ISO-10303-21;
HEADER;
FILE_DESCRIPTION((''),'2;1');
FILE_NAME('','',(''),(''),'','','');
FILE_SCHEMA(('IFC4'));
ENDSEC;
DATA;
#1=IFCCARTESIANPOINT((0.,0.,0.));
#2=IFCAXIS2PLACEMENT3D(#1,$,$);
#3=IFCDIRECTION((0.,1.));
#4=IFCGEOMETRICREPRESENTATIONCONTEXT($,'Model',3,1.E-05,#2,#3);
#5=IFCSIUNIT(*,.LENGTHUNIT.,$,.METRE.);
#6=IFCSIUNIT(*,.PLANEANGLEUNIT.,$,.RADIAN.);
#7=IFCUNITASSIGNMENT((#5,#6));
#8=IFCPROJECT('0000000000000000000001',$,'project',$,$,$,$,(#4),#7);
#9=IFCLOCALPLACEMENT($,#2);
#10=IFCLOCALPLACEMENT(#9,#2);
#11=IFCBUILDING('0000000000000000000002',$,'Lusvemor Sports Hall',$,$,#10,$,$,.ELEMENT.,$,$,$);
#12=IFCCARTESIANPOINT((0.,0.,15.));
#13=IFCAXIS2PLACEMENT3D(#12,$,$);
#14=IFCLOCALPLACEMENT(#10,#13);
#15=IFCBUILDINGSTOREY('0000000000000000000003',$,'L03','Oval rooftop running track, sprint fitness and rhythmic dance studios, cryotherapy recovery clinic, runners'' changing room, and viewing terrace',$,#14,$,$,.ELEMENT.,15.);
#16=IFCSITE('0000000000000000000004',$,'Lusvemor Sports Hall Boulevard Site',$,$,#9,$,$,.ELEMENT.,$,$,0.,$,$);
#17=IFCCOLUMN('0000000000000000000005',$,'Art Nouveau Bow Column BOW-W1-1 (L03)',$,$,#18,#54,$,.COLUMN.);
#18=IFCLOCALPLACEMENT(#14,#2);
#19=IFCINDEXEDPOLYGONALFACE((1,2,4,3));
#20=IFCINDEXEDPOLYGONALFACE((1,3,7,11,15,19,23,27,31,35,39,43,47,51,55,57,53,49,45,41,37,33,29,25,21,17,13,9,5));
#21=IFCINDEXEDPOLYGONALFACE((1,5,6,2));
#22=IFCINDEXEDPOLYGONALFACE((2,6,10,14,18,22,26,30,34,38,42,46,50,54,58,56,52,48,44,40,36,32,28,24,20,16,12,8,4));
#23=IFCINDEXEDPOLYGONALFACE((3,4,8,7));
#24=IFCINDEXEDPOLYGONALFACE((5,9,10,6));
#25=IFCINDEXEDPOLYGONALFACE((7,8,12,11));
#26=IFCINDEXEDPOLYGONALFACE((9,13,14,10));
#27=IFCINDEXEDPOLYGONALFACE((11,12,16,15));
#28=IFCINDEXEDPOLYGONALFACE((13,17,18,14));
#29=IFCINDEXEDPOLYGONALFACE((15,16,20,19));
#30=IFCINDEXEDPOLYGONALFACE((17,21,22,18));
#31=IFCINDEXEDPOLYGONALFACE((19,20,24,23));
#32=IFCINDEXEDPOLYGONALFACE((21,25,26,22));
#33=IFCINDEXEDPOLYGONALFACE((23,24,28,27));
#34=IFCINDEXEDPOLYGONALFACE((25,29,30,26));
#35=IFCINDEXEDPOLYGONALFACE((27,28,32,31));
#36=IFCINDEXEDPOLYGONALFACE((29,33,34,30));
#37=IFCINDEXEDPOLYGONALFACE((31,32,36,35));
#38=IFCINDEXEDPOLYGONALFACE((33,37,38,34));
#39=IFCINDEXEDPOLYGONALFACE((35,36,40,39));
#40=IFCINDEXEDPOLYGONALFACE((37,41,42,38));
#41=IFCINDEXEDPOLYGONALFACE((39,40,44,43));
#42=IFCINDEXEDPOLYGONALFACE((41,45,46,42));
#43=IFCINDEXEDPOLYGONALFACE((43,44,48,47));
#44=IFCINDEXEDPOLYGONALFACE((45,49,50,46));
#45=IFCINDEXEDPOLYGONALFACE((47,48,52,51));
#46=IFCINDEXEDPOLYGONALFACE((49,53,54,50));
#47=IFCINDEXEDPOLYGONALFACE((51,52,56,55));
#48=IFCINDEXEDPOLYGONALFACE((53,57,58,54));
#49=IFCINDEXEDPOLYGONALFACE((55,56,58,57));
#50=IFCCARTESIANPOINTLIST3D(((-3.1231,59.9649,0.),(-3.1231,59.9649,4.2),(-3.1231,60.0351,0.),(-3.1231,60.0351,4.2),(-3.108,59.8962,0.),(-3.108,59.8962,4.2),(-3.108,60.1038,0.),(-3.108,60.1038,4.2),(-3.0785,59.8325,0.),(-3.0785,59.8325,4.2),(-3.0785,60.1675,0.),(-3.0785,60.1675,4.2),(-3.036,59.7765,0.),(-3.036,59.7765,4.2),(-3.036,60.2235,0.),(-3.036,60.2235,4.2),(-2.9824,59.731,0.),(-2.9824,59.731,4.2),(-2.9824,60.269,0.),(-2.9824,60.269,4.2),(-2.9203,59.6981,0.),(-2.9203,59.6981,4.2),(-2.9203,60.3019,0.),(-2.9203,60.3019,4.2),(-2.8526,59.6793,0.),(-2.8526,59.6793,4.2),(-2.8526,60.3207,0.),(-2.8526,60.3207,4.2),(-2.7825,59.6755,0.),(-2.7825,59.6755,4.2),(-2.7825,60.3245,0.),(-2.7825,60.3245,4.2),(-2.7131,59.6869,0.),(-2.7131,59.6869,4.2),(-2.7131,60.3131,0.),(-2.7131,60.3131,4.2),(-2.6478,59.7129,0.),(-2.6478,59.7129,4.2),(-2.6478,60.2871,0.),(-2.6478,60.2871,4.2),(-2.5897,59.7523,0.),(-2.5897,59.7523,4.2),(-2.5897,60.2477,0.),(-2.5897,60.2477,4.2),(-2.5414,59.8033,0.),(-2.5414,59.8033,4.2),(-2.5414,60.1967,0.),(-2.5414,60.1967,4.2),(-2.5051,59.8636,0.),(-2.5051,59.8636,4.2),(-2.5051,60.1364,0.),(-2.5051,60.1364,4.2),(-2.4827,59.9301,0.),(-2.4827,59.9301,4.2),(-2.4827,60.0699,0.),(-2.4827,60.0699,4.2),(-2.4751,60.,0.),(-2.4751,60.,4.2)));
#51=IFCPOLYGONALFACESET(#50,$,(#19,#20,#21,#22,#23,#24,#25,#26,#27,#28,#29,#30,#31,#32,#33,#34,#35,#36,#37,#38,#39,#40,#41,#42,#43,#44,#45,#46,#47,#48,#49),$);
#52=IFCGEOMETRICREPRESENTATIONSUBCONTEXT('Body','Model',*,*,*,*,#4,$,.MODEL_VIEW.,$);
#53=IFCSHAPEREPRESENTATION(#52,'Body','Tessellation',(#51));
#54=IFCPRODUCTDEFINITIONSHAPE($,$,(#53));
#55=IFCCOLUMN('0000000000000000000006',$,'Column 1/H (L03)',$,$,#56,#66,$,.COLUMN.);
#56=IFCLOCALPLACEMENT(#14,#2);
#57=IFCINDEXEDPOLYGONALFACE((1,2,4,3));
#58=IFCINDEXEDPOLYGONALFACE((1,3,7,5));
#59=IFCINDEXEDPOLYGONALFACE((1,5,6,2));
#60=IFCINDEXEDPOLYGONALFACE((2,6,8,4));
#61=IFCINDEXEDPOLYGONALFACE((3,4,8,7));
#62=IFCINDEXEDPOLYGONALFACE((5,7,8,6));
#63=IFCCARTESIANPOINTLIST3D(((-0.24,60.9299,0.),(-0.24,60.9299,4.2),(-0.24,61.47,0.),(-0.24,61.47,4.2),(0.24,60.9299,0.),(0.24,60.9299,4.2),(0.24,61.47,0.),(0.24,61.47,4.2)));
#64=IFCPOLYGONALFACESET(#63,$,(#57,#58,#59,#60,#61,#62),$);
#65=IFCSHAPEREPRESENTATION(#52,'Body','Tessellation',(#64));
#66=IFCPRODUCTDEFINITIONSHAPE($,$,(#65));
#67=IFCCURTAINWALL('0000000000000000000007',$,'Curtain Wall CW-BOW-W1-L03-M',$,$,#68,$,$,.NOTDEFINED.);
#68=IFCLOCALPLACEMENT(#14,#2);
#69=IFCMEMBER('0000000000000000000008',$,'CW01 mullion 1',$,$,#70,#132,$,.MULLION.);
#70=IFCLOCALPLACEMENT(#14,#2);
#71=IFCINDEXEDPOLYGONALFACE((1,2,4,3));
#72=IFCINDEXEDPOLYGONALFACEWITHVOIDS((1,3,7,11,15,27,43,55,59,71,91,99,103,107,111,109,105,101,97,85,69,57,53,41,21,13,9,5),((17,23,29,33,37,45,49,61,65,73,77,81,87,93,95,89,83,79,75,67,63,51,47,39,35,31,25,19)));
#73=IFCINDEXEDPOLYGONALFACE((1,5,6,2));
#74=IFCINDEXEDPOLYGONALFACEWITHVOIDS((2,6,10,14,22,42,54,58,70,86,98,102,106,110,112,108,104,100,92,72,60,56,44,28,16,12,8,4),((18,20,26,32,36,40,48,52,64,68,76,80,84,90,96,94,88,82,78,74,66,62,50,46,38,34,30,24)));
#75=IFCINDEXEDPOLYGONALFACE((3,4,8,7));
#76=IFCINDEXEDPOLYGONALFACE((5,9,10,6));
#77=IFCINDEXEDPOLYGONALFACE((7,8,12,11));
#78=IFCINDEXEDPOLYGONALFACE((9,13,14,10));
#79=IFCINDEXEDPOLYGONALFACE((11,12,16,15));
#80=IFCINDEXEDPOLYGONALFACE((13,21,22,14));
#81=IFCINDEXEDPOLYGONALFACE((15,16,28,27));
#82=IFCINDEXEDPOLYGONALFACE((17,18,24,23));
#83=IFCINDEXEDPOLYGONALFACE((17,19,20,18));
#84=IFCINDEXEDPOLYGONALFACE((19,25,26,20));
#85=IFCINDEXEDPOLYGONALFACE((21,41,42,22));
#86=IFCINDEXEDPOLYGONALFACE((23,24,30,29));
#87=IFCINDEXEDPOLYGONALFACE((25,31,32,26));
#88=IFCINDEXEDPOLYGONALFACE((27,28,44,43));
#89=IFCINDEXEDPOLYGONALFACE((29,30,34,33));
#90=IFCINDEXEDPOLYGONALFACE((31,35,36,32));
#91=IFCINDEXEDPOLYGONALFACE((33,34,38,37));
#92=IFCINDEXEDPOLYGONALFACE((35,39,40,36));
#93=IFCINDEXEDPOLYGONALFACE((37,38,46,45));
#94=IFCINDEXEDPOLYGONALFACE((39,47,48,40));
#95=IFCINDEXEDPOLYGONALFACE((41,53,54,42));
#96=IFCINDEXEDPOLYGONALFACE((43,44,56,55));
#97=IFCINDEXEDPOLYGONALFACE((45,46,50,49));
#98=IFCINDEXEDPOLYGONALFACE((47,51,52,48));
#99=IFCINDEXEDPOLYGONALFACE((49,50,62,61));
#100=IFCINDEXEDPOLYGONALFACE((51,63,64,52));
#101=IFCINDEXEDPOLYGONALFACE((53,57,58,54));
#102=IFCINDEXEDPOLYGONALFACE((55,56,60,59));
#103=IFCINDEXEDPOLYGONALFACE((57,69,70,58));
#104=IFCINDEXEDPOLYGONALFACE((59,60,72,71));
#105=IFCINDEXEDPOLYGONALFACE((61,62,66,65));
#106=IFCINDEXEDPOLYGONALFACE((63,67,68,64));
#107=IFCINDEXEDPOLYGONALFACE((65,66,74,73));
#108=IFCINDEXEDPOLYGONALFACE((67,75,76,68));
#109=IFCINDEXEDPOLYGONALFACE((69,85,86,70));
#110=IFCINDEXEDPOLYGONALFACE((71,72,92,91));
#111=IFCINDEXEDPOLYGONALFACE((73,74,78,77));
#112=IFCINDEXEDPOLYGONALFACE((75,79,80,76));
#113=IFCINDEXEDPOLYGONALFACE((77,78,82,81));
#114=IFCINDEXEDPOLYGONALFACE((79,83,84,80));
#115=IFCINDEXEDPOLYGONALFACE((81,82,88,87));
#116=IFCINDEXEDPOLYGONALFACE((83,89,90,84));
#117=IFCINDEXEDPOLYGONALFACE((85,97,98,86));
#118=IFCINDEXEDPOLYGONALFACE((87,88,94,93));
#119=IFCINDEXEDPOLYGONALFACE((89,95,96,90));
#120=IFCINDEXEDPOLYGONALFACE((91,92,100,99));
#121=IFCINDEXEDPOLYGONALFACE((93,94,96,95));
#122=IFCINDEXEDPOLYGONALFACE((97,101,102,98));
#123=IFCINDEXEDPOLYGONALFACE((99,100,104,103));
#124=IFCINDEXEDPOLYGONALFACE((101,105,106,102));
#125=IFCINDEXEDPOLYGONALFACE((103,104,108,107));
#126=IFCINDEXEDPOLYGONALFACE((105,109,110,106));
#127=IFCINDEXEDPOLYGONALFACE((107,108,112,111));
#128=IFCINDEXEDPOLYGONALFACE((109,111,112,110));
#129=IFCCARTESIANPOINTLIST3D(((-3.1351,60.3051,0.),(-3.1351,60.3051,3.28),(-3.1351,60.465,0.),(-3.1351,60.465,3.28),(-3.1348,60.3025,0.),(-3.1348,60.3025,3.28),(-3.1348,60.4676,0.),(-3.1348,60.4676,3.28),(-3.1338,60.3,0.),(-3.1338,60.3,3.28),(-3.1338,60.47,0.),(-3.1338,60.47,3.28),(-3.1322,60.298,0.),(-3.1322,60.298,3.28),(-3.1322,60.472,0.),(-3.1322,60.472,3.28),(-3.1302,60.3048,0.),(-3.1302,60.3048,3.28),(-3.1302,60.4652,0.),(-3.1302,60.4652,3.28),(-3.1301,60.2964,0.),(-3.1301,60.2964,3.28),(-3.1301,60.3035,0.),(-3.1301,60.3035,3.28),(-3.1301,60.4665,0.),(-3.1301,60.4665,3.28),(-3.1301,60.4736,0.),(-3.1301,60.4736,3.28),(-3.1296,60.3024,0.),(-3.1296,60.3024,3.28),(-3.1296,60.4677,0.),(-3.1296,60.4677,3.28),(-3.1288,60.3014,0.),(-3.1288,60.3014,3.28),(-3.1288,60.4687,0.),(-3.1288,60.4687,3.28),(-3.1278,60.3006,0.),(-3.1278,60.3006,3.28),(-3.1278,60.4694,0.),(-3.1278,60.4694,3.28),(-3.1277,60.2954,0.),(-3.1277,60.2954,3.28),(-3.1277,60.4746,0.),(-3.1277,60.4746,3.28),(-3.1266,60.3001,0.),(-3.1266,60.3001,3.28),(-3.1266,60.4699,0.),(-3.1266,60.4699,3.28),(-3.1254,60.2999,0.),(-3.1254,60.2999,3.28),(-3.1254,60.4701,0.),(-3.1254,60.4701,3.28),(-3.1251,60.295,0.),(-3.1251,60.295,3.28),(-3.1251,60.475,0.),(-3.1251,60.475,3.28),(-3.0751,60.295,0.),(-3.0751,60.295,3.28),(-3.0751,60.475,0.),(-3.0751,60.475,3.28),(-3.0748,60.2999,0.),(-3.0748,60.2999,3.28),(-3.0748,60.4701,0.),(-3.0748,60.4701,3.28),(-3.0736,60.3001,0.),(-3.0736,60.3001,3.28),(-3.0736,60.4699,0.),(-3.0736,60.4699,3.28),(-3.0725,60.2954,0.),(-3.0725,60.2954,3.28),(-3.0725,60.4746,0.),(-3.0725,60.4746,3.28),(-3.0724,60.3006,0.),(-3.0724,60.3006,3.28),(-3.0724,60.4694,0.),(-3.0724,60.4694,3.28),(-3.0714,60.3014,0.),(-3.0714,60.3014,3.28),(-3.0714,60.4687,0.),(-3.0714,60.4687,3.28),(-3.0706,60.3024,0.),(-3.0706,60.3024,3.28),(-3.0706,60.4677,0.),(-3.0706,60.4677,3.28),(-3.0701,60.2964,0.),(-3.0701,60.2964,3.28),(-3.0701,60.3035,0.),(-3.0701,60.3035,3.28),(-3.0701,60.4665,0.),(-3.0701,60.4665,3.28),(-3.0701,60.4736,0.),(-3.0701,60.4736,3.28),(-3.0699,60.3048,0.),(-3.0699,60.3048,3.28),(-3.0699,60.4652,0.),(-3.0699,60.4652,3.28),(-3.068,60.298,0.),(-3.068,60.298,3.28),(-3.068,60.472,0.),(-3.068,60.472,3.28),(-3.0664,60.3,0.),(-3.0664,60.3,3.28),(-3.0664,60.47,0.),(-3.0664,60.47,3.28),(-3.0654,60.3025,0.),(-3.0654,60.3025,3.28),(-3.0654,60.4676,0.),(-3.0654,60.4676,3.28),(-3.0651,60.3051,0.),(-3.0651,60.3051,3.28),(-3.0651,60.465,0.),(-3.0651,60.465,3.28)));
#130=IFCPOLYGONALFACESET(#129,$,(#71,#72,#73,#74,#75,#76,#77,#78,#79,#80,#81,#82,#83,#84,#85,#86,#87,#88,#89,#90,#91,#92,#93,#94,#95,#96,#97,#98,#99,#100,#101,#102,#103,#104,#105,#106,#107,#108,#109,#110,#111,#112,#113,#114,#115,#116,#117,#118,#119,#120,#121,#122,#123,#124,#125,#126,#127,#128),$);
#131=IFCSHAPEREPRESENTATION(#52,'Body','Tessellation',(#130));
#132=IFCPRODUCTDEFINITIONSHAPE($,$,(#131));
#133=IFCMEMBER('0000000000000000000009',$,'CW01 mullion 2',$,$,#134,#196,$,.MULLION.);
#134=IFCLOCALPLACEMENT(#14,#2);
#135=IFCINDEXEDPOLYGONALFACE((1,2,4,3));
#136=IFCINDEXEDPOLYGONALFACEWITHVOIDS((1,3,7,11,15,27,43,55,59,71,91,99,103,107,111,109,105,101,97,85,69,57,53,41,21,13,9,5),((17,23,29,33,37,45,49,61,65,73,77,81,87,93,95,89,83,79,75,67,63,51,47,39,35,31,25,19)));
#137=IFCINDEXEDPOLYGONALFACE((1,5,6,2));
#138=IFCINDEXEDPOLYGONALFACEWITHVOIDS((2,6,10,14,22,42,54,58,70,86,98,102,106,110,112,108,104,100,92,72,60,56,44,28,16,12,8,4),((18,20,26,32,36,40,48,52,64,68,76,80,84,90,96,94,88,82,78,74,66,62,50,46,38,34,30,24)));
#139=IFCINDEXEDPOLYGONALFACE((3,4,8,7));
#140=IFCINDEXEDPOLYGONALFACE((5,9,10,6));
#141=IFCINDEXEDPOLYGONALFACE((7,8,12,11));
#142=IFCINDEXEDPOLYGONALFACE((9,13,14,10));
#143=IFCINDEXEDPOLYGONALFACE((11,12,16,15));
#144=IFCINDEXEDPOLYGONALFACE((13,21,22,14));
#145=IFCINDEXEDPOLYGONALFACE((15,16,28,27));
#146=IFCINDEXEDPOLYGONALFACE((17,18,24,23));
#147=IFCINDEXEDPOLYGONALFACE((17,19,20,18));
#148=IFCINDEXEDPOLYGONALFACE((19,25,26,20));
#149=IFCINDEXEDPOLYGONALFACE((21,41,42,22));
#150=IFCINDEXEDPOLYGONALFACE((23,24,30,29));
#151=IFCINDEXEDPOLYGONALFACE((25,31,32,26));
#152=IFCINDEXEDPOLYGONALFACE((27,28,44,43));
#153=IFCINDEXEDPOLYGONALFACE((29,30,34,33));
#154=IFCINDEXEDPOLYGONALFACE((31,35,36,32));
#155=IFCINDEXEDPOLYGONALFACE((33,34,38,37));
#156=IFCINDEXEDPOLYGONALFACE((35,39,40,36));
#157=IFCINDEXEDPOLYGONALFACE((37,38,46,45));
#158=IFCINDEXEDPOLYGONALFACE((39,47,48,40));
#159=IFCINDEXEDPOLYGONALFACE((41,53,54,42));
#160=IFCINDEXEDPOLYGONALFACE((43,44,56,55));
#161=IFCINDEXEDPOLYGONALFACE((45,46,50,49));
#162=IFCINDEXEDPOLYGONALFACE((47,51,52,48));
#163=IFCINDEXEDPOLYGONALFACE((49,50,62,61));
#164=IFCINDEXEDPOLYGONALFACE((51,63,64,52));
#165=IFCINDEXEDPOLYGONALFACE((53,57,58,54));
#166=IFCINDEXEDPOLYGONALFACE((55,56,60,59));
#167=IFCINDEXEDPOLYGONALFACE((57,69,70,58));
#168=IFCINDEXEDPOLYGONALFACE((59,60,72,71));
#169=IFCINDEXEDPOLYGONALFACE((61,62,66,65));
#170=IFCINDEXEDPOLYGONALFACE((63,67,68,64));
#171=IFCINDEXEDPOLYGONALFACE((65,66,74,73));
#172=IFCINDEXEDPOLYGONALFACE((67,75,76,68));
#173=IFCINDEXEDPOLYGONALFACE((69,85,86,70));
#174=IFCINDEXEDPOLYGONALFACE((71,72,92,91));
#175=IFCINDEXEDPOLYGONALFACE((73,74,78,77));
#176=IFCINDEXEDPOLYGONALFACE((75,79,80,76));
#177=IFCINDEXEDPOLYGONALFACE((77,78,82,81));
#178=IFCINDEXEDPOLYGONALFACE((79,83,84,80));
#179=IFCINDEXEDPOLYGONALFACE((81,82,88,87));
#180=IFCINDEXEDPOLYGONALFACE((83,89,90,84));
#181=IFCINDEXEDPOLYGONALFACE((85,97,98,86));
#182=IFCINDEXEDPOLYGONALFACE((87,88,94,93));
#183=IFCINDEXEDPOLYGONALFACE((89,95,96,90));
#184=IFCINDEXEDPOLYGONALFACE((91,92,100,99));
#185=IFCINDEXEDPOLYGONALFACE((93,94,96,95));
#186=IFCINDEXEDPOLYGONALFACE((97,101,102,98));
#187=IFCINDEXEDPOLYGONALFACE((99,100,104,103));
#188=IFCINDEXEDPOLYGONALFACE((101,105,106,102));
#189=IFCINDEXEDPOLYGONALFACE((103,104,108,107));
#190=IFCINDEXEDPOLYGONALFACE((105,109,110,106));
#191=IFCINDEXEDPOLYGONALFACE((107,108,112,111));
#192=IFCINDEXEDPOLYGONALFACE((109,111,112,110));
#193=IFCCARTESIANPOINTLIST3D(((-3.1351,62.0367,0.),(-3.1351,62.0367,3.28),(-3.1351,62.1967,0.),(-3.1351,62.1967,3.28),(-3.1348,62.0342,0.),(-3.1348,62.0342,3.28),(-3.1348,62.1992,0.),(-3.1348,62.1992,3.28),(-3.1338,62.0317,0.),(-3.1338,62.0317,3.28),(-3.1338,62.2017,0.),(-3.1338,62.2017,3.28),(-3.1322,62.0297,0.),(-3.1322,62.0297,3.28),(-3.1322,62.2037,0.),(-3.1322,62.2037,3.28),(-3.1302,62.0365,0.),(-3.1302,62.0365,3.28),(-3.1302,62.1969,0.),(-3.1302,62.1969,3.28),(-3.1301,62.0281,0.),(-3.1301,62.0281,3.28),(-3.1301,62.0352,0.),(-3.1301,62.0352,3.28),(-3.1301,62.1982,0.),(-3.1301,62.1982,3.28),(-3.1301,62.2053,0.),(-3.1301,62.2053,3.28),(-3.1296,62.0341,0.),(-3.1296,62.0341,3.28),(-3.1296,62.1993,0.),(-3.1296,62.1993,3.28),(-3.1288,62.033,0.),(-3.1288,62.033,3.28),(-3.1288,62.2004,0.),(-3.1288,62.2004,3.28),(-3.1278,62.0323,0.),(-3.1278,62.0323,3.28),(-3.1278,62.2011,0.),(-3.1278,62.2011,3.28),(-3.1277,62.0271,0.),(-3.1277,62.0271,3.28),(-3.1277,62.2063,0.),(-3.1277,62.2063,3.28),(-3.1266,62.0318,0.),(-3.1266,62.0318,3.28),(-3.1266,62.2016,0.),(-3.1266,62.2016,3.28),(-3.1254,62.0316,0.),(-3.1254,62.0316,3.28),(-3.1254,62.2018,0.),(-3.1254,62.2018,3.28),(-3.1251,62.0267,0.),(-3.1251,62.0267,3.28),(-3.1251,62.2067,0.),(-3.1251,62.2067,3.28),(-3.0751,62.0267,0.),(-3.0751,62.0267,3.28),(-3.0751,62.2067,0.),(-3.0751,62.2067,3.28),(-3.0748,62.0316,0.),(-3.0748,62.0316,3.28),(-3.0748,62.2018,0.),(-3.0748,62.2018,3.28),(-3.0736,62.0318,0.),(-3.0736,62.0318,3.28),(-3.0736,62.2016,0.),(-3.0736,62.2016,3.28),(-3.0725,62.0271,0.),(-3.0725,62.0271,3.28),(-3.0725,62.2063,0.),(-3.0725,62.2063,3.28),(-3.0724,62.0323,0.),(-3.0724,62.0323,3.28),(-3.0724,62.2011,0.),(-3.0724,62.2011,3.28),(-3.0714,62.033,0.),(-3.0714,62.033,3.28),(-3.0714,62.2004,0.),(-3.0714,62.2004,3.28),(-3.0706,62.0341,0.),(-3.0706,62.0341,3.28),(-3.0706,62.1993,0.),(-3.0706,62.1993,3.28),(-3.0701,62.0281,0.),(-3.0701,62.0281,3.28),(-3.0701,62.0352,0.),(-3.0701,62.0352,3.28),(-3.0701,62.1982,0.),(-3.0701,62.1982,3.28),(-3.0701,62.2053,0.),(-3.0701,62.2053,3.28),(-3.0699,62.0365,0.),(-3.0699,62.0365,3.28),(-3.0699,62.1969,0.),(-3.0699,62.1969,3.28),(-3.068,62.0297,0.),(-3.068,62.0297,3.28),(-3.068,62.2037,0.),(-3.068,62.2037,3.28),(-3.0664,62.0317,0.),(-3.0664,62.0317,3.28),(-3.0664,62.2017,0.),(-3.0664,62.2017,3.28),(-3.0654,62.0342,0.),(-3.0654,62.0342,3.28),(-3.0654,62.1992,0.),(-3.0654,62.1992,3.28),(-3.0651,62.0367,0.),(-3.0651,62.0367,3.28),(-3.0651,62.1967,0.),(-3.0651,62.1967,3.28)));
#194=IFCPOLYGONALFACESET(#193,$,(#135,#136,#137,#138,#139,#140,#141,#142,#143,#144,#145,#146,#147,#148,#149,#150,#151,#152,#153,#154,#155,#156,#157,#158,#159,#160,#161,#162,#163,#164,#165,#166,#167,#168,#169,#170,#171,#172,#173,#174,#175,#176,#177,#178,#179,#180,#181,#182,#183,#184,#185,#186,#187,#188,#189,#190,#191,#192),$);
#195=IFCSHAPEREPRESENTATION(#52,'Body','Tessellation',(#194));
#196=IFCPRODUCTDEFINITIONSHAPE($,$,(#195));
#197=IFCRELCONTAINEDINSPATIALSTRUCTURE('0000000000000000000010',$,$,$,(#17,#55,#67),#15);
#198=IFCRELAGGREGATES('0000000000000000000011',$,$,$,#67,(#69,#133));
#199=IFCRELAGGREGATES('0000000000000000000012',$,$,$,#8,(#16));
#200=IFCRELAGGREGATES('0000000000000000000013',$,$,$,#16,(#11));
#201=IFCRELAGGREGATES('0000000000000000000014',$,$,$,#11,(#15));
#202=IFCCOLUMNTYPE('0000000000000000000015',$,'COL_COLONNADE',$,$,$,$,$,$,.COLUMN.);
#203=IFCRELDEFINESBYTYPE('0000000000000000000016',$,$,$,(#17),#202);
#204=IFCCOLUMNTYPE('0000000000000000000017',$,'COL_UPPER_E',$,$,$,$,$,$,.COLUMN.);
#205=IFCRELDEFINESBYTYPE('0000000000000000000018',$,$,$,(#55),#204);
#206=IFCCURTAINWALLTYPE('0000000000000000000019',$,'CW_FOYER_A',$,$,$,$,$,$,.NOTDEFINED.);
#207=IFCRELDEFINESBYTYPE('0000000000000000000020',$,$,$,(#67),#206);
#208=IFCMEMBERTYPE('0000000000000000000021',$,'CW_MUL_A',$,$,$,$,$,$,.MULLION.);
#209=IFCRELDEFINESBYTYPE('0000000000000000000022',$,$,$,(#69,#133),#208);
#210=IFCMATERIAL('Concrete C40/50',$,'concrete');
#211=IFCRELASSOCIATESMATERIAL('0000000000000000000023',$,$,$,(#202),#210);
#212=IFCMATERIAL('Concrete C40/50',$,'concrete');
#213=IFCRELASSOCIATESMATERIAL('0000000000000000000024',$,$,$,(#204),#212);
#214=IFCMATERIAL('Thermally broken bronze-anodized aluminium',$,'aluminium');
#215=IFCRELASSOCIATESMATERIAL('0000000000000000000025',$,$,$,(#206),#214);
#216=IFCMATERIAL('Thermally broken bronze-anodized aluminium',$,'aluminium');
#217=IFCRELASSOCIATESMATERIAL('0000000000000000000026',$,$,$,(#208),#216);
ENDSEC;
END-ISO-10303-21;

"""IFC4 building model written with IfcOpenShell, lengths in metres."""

from ifc_helpers import new_model, si_unit, direction, frame, origin, origin_2d, place, context, subcontext, project, spatial, rectangle, hollow_rectangle, circle, extrude, material, material_profile, profile_set, type_object, element, aggregate, save


model = new_model("IFC4")

# Units and contexts
model_context = context("Model", 3, precision=1e-05, world=origin(), true_north=direction((0.0, 1.0)))
body_context = subcontext(model_context, "Body", "Model", "MODEL_VIEW")
ifc_project = project(units=[si_unit("LENGTHUNIT", "METRE"), si_unit("PLANEANGLEUNIT", "RADIAN")], contexts=[model_context])

# Site, building, storey
site_placement = place(None, origin())
site = spatial("IfcSite", under=ifc_project, at=site_placement, Name="Lusvemor Sports Hall Boulevard Site", CompositionType="ELEMENT", RefElevation=0.0)
building_placement = place(site_placement, origin())
building = spatial("IfcBuilding", under=site, at=building_placement, Name="Lusvemor Sports Hall", CompositionType="ELEMENT")
storey_placement = place(building_placement, frame((0.0, 0.0, 15.0)))
storey = spatial("IfcBuildingStorey", under=building, at=storey_placement, Name="L03", Description="Oval rooftop running track, sprint fitness and rhythmic dance studios, cryotherapy recovery clinic, runners' changing room, and viewing terrace", CompositionType="ELEMENT", Elevation=15.0)

# Columns
ifc_material_1 = material(Name="Concrete C40/50", Category="concrete")
ifc_material_profile_1 = material_profile(ifc_material_1, circle(Radius=0.325, at=origin_2d()), Name="RCCIRC650")
ifc_profile_set_1 = profile_set([ifc_material_profile_1], Name="Concrete C40/50")
column_type_1 = type_object("IfcColumnType", Name="COL_COLONNADE", PredefinedType="COLUMN", material=ifc_profile_set_1)
column_1_placement = place(storey_placement, frame((-2.8, 60.0, 0.0), z_axis=(0.0, 0.0, 1.0), x_axis=(1.0, 0.0, 0.0)))
element("IfcColumn", 1, at=column_1_placement, inside=storey, type_object=column_type_1, Name="Art Nouveau Bow Column BOW-W1-1 (L03)", PredefinedType="COLUMN", context=body_context, shape_type="SweptSolid", body=[
    extrude(circle(Radius=0.325, at=origin_2d()), origin(), (0.0, 0.0, 1.0), 4.2),
])
ifc_material_2 = material(Name="Concrete C40/50", Category="concrete")
ifc_material_profile_2 = material_profile(ifc_material_2, rectangle(XDim=0.48, YDim=0.54, at=origin_2d()), Name="RC480x540")
ifc_profile_set_2 = profile_set([ifc_material_profile_2], Name="Concrete C40/50")
column_type_2 = type_object("IfcColumnType", Name="COL_UPPER_E", PredefinedType="COLUMN", material=ifc_profile_set_2)
column_2_placement = place(storey_placement, frame((0.0, 61.2, 0.0), z_axis=(0.0, 0.0, 1.0), x_axis=(1.0, 0.0, 0.0)))
element("IfcColumn", 2, at=column_2_placement, inside=storey, type_object=column_type_2, Name="Column 1/H (L03)", PredefinedType="COLUMN", context=body_context, shape_type="SweptSolid", body=[
    extrude(rectangle(XDim=0.48, YDim=0.54, at=origin_2d()), origin(), (0.0, 0.0, 1.0), 4.2),
])

# Curtain wall, members
ifc_material_3 = material(Name="Thermally broken bronze-anodized aluminium", Category="aluminium")
curtain_wall_type_1 = type_object("IfcCurtainWallType", Name="CW_FOYER_A", PredefinedType="NOTDEFINED", material=ifc_material_3)
curtain_wall_1_placement = place(storey_placement, origin())
curtain_wall_1 = element("IfcCurtainWall", 3, at=curtain_wall_1_placement, inside=storey, type_object=curtain_wall_type_1, Name="Curtain Wall CW-BOW-W1-L03-M", PredefinedType="NOTDEFINED")
ifc_material_4 = material(Name="Thermally broken bronze-anodized aluminium", Category="aluminium")
ifc_material_profile_3 = material_profile(ifc_material_4, hollow_rectangle(XDim=0.0701, YDim=0.1799, WallThickness=0.0049, InnerFilletRadius=0.0049, OuterFilletRadius=0.01, at=origin_2d()), Name="CWMUL180x70x5")
ifc_profile_set_3 = profile_set([ifc_material_profile_3], Name="Thermally broken bronze-anodized aluminium")
member_type_1 = type_object("IfcMemberType", Name="CW_MUL_A", PredefinedType="MULLION", material=ifc_profile_set_3)
member_1_placement = place(storey_placement, frame((-3.1001, 60.385, 0.0), z_axis=(0.0, 0.0, 1.0), x_axis=(-1.0, 0.0, 0.0)))
member_1 = element("IfcMember", 4, at=member_1_placement, type_object=member_type_1, Name="CW01 mullion 1", PredefinedType="MULLION", context=body_context, shape_type="SweptSolid", body=[
    extrude(hollow_rectangle(XDim=0.0701, YDim=0.1799, WallThickness=0.0049, InnerFilletRadius=0.0049, OuterFilletRadius=0.01, at=origin_2d()), origin(), (0.0, 0.0, 1.0), 3.28),
])
member_2_placement = place(storey_placement, frame((-3.1001, 62.1167, 0.0), z_axis=(0.0, 0.0, 1.0), x_axis=(-1.0, 0.0, 0.0)))
member_2 = element("IfcMember", 5, at=member_2_placement, type_object=member_type_1, Name="CW01 mullion 2", PredefinedType="MULLION", context=body_context, shape_type="SweptSolid", body=[
    extrude(hollow_rectangle(XDim=0.0701, YDim=0.1799, WallThickness=0.0049, InnerFilletRadius=0.0049, OuterFilletRadius=0.01, at=origin_2d()), origin(), (0.0, 0.0, 1.0), 3.28),
])

aggregate(curtain_wall_1, [member_1, member_2])

save(model, "model.ifc")
